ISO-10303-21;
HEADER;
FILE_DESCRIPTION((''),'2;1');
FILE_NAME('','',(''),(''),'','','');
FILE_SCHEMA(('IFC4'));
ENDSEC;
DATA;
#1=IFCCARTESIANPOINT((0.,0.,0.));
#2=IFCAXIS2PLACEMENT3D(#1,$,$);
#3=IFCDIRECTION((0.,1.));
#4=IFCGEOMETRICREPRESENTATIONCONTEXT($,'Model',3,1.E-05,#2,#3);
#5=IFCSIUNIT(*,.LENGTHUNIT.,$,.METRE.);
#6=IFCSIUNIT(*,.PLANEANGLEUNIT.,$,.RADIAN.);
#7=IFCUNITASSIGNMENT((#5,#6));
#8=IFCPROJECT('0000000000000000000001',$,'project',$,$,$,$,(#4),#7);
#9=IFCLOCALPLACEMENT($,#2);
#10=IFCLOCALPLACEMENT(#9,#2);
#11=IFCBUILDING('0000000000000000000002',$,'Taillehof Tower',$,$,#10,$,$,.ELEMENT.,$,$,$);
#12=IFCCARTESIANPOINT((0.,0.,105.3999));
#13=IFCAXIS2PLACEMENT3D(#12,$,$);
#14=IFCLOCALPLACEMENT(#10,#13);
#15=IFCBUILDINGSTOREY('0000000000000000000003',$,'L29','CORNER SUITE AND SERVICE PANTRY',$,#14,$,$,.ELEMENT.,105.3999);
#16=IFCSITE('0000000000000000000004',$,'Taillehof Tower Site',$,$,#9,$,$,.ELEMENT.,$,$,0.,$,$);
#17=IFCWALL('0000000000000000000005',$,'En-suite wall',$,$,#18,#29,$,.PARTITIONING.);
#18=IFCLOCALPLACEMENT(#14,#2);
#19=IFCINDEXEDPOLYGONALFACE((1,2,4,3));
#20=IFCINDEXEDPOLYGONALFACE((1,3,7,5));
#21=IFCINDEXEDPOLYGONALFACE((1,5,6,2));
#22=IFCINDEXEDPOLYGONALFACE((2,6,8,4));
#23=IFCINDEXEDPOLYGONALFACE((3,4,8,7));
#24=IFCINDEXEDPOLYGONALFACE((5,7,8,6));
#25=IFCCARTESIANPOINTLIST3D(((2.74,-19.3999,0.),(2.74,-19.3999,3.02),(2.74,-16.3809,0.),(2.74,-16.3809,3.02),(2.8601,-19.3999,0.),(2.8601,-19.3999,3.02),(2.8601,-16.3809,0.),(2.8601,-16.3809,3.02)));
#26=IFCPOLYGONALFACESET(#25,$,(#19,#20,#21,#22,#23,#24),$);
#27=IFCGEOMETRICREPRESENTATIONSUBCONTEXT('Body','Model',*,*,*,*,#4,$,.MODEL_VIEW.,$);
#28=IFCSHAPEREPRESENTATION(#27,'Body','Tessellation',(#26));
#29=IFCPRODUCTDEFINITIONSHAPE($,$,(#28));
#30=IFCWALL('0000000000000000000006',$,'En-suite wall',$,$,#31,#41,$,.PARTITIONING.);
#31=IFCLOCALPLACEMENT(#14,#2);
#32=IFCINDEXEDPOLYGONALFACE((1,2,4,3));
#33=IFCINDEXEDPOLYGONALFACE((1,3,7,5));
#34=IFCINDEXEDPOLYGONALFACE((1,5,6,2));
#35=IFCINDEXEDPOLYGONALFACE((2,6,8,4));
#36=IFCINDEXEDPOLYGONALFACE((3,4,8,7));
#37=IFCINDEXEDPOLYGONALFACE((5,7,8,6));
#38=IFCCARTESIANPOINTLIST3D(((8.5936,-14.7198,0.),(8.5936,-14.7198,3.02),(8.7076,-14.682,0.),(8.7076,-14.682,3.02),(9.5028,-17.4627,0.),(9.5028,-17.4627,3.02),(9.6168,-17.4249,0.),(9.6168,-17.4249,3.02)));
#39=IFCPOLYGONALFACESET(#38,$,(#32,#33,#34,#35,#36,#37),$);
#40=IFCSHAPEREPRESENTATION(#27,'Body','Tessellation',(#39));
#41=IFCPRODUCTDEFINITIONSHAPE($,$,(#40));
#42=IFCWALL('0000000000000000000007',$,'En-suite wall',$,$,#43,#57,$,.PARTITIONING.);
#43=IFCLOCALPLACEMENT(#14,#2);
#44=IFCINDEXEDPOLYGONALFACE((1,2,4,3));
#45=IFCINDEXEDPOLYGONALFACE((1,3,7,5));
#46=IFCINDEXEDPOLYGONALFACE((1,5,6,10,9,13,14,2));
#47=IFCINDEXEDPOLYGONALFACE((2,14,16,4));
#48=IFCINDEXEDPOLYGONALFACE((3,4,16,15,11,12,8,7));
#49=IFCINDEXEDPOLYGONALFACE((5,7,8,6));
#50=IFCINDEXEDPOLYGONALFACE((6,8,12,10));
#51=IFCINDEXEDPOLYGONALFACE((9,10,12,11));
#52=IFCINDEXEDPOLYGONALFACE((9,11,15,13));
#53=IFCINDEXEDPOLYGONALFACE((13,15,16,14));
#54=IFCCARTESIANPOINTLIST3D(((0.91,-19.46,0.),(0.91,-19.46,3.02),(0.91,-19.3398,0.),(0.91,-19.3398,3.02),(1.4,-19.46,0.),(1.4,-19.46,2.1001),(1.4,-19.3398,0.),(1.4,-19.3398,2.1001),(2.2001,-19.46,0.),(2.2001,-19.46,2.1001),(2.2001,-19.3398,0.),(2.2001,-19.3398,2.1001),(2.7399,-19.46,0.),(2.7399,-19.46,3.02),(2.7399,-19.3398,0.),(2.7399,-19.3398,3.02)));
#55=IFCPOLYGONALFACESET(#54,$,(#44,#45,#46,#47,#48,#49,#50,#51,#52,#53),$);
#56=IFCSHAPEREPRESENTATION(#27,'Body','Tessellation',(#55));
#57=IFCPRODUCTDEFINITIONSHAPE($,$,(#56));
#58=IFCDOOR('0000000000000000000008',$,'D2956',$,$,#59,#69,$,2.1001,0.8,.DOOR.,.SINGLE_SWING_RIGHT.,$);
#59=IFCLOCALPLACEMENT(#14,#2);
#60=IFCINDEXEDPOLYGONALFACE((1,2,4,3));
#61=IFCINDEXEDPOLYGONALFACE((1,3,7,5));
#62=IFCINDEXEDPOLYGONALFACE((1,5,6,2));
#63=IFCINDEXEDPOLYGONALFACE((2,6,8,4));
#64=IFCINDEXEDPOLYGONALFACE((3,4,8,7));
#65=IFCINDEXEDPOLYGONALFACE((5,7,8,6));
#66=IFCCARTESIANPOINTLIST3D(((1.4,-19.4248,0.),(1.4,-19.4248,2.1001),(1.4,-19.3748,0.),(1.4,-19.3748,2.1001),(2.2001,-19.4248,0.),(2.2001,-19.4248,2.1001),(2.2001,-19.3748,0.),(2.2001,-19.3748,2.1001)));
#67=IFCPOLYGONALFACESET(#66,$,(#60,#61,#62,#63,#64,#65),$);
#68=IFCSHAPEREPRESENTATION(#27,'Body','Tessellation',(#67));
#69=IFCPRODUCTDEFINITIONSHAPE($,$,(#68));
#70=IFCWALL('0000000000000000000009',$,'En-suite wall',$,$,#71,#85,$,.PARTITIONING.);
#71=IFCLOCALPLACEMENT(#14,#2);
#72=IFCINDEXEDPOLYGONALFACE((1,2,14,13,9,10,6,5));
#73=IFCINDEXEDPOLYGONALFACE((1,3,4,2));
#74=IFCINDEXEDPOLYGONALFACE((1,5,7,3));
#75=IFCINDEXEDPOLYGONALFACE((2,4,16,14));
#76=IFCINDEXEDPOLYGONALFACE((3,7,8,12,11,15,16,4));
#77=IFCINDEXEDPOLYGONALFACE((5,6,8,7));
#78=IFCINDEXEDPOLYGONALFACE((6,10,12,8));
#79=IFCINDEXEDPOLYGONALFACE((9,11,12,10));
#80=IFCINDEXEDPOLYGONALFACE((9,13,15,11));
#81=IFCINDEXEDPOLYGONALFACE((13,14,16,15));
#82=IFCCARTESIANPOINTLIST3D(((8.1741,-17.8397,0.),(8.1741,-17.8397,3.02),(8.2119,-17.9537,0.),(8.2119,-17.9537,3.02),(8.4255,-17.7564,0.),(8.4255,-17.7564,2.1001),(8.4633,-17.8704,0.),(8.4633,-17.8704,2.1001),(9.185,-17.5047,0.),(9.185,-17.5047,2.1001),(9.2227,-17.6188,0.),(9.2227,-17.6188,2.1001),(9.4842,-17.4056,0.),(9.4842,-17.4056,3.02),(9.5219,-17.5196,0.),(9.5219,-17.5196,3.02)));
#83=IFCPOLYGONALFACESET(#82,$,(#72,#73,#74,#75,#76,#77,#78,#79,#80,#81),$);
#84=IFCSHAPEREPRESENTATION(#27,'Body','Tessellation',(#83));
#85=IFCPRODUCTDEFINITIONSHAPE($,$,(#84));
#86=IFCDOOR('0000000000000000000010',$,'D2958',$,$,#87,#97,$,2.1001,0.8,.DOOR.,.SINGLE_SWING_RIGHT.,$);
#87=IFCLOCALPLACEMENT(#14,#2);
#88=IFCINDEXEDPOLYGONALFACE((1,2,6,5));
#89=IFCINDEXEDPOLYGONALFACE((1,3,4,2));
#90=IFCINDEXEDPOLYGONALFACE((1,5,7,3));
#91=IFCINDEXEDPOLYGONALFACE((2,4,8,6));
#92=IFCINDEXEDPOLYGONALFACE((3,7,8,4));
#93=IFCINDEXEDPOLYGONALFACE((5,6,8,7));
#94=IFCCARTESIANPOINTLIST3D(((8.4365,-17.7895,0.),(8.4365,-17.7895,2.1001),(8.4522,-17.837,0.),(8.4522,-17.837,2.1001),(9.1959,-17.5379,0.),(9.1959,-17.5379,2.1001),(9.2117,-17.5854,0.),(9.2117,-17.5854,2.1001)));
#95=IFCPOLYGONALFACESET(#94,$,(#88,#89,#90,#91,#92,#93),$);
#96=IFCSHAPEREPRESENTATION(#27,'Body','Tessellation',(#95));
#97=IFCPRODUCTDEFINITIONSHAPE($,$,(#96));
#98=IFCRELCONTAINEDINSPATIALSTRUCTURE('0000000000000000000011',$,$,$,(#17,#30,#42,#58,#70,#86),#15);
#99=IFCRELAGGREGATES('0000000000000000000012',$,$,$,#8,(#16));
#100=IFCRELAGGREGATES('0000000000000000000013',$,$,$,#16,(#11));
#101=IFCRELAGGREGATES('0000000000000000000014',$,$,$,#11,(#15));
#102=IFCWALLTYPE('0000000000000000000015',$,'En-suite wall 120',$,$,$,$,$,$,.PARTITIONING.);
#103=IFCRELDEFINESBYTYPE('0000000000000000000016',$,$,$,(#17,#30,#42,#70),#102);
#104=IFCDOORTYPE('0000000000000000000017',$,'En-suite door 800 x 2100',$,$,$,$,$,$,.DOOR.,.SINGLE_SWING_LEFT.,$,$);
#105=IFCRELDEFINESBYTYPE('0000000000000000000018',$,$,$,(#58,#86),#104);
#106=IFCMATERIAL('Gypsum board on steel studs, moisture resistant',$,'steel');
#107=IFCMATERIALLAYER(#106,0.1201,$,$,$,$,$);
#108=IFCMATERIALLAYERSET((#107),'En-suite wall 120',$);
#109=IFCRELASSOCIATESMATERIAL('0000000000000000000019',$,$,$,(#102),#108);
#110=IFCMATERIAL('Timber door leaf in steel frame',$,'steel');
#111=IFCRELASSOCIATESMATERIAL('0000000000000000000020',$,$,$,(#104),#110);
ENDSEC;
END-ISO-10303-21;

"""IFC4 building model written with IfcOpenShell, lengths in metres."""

from ifc_helpers import new_model, si_unit, direction, frame, frame_2d, origin, place, context, subcontext, project, spatial, rectangle, extrude, material, layer, layer_set, type_object, element, fill, save


model = new_model("IFC4")

# Units and contexts
model_context = context("Model", 3, precision=1e-05, world=origin(), true_north=direction((0.0, 1.0)))
body_context = subcontext(model_context, "Body", "Model", "MODEL_VIEW")
ifc_project = project(units=[si_unit("LENGTHUNIT", "METRE"), si_unit("PLANEANGLEUNIT", "RADIAN")], contexts=[model_context])

# Site, building, storey
site_placement = place(None, origin())
site = spatial("IfcSite", under=ifc_project, at=site_placement, Name="Taillehof Tower Site", CompositionType="ELEMENT", RefElevation=0.0)
building_placement = place(site_placement, origin())
building = spatial("IfcBuilding", under=site, at=building_placement, Name="Taillehof Tower", CompositionType="ELEMENT")
storey_placement = place(building_placement, frame((0.0, 0.0, 105.3999)))
storey = spatial("IfcBuildingStorey", under=building, at=storey_placement, Name="L29", Description="CORNER SUITE AND SERVICE PANTRY", CompositionType="ELEMENT", Elevation=105.3999)

# Walls
ifc_material_1 = material(Name="Gypsum board on steel studs, moisture resistant", Category="steel")
ifc_layer_1 = layer(ifc_material_1, 0.1201)
ifc_layer_set_1 = layer_set([ifc_layer_1], Name="En-suite wall 120")
wall_type_1 = type_object("IfcWallType", Name="En-suite wall 120", PredefinedType="PARTITIONING", material=ifc_layer_set_1)
wall_1_placement = place(storey_placement, frame((2.8, -16.3809, 0.0), z_axis=(0.0, 0.0, 1.0), x_axis=(0.0, -1.0, 0.0)))
element("IfcWall", 1, at=wall_1_placement, inside=storey, type_object=wall_type_1, Name="En-suite wall", PredefinedType="PARTITIONING", context=body_context, shape_type="SweptSolid", body=[
    extrude(rectangle(XDim=3.019, YDim=0.1201, at=frame_2d((1.5095, 0.0))), origin(), (0.0, 0.0, 1.0), 3.02),
])
wall_2_placement = place(storey_placement, frame((8.6506, -14.7009, 0.0), z_axis=(0.0, 0.0, 1.0), x_axis=(0.314631, -0.949214, 0.0)))
element("IfcWall", 2, at=wall_2_placement, inside=storey, type_object=wall_type_1, Name="En-suite wall", PredefinedType="PARTITIONING", context=body_context, shape_type="SweptSolid", body=[
    extrude(rectangle(XDim=2.8896, YDim=0.1201, at=frame_2d((1.4448, 0.0))), origin(), (0.0, 0.0, 1.0), 3.02),
])

# Walls, openings, doors
wall_3_placement = place(storey_placement, frame((2.74, -19.3999, 0.0), z_axis=(0.0, 0.0, 1.0), x_axis=(-1.0, 0.0, 0.0)))
wall_3 = element("IfcWall", 3, at=wall_3_placement, inside=storey, type_object=wall_type_1, Name="En-suite wall", PredefinedType="PARTITIONING", context=body_context, shape_type="SweptSolid", body=[
    extrude(rectangle(XDim=1.8298, YDim=0.1201, at=frame_2d((0.915, 0.0))), origin(), (0.0, 0.0, 1.0), 3.02),
])
opening_1_placement = place(wall_3_placement, frame((0.54, 0.0, 0.0)))
opening_1 = element("IfcOpeningElement", 4, at=opening_1_placement, cuts=wall_3, PredefinedType="OPENING", context=body_context, shape_type="SweptSolid", body=[
    extrude(rectangle(XDim=0.8, YDim=2.1001, at=frame_2d((0.3999, 1.05))), frame((0.0, 0.0701, 0.0), z_axis=(0.0, -1.0, 0.0), x_axis=(1.0, 0.0, 0.0)), (0.0, 0.0, 1.0), 0.1401),
])
ifc_material_2 = material(Name="Timber door leaf in steel frame", Category="steel")
door_type_1 = type_object("IfcDoorType", Name="En-suite door 800 x 2100", OperationType="SINGLE_SWING_LEFT", PredefinedType="DOOR", material=ifc_material_2)
door_1_placement = place(opening_1_placement, origin())
door_1 = element("IfcDoor", 5, at=door_1_placement, inside=storey, type_object=door_type_1, Name="D2956", OperationType="SINGLE_SWING_RIGHT", OverallHeight=2.1001, OverallWidth=0.8, PredefinedType="DOOR", context=body_context, shape_type="SweptSolid", body=[
    extrude(rectangle(XDim=0.8, YDim=2.1001, at=frame_2d((0.3999, 1.05))), frame((0.0, 0.0249, 0.0), z_axis=(0.0, -1.0, 0.0), x_axis=(1.0, 0.0, 0.0)), (0.0, 0.0, 1.0), 0.05),
])
fill(opening_1, door_1)
wall_4_placement = place(storey_placement, frame((9.5029, -17.4626, 0.0), z_axis=(0.0, 0.0, 1.0), x_axis=(-0.949248, -0.314529, 0.0)))
wall_4 = element("IfcWall", 6, at=wall_4_placement, inside=storey, type_object=wall_type_1, Name="En-suite wall", PredefinedType="PARTITIONING", context=body_context, shape_type="SweptSolid", body=[
    extrude(rectangle(XDim=1.3801, YDim=0.1201, at=frame_2d((0.6899, 0.0))), origin(), (0.0, 0.0, 1.0), 3.02),
])
opening_2_placement = place(wall_4_placement, frame((0.3152, 0.0, 0.0)))
opening_2 = element("IfcOpeningElement", 7, at=opening_2_placement, cuts=wall_4, PredefinedType="OPENING", context=body_context, shape_type="SweptSolid", body=[
    extrude(rectangle(XDim=0.8, YDim=2.1001, at=frame_2d((0.3999, 1.05))), frame((0.0, 0.0701, 0.0), z_axis=(0.0, -1.0, 0.0), x_axis=(1.0, 0.0, 0.0)), (0.0, 0.0, 1.0), 0.1401),
])
door_2_placement = place(opening_2_placement, origin())
door_2 = element("IfcDoor", 8, at=door_2_placement, inside=storey, type_object=door_type_1, Name="D2958", OperationType="SINGLE_SWING_RIGHT", OverallHeight=2.1001, OverallWidth=0.8, PredefinedType="DOOR", context=body_context, shape_type="SweptSolid", body=[
    extrude(rectangle(XDim=0.8, YDim=2.1001, at=frame_2d((0.3999, 1.05))), frame((0.0, 0.0249, 0.0), z_axis=(0.0, -1.0, 0.0), x_axis=(1.0, 0.0, 0.0)), (0.0, 0.0, 1.0), 0.05),
])
fill(opening_2, door_2)

save(model, "model.ifc")
